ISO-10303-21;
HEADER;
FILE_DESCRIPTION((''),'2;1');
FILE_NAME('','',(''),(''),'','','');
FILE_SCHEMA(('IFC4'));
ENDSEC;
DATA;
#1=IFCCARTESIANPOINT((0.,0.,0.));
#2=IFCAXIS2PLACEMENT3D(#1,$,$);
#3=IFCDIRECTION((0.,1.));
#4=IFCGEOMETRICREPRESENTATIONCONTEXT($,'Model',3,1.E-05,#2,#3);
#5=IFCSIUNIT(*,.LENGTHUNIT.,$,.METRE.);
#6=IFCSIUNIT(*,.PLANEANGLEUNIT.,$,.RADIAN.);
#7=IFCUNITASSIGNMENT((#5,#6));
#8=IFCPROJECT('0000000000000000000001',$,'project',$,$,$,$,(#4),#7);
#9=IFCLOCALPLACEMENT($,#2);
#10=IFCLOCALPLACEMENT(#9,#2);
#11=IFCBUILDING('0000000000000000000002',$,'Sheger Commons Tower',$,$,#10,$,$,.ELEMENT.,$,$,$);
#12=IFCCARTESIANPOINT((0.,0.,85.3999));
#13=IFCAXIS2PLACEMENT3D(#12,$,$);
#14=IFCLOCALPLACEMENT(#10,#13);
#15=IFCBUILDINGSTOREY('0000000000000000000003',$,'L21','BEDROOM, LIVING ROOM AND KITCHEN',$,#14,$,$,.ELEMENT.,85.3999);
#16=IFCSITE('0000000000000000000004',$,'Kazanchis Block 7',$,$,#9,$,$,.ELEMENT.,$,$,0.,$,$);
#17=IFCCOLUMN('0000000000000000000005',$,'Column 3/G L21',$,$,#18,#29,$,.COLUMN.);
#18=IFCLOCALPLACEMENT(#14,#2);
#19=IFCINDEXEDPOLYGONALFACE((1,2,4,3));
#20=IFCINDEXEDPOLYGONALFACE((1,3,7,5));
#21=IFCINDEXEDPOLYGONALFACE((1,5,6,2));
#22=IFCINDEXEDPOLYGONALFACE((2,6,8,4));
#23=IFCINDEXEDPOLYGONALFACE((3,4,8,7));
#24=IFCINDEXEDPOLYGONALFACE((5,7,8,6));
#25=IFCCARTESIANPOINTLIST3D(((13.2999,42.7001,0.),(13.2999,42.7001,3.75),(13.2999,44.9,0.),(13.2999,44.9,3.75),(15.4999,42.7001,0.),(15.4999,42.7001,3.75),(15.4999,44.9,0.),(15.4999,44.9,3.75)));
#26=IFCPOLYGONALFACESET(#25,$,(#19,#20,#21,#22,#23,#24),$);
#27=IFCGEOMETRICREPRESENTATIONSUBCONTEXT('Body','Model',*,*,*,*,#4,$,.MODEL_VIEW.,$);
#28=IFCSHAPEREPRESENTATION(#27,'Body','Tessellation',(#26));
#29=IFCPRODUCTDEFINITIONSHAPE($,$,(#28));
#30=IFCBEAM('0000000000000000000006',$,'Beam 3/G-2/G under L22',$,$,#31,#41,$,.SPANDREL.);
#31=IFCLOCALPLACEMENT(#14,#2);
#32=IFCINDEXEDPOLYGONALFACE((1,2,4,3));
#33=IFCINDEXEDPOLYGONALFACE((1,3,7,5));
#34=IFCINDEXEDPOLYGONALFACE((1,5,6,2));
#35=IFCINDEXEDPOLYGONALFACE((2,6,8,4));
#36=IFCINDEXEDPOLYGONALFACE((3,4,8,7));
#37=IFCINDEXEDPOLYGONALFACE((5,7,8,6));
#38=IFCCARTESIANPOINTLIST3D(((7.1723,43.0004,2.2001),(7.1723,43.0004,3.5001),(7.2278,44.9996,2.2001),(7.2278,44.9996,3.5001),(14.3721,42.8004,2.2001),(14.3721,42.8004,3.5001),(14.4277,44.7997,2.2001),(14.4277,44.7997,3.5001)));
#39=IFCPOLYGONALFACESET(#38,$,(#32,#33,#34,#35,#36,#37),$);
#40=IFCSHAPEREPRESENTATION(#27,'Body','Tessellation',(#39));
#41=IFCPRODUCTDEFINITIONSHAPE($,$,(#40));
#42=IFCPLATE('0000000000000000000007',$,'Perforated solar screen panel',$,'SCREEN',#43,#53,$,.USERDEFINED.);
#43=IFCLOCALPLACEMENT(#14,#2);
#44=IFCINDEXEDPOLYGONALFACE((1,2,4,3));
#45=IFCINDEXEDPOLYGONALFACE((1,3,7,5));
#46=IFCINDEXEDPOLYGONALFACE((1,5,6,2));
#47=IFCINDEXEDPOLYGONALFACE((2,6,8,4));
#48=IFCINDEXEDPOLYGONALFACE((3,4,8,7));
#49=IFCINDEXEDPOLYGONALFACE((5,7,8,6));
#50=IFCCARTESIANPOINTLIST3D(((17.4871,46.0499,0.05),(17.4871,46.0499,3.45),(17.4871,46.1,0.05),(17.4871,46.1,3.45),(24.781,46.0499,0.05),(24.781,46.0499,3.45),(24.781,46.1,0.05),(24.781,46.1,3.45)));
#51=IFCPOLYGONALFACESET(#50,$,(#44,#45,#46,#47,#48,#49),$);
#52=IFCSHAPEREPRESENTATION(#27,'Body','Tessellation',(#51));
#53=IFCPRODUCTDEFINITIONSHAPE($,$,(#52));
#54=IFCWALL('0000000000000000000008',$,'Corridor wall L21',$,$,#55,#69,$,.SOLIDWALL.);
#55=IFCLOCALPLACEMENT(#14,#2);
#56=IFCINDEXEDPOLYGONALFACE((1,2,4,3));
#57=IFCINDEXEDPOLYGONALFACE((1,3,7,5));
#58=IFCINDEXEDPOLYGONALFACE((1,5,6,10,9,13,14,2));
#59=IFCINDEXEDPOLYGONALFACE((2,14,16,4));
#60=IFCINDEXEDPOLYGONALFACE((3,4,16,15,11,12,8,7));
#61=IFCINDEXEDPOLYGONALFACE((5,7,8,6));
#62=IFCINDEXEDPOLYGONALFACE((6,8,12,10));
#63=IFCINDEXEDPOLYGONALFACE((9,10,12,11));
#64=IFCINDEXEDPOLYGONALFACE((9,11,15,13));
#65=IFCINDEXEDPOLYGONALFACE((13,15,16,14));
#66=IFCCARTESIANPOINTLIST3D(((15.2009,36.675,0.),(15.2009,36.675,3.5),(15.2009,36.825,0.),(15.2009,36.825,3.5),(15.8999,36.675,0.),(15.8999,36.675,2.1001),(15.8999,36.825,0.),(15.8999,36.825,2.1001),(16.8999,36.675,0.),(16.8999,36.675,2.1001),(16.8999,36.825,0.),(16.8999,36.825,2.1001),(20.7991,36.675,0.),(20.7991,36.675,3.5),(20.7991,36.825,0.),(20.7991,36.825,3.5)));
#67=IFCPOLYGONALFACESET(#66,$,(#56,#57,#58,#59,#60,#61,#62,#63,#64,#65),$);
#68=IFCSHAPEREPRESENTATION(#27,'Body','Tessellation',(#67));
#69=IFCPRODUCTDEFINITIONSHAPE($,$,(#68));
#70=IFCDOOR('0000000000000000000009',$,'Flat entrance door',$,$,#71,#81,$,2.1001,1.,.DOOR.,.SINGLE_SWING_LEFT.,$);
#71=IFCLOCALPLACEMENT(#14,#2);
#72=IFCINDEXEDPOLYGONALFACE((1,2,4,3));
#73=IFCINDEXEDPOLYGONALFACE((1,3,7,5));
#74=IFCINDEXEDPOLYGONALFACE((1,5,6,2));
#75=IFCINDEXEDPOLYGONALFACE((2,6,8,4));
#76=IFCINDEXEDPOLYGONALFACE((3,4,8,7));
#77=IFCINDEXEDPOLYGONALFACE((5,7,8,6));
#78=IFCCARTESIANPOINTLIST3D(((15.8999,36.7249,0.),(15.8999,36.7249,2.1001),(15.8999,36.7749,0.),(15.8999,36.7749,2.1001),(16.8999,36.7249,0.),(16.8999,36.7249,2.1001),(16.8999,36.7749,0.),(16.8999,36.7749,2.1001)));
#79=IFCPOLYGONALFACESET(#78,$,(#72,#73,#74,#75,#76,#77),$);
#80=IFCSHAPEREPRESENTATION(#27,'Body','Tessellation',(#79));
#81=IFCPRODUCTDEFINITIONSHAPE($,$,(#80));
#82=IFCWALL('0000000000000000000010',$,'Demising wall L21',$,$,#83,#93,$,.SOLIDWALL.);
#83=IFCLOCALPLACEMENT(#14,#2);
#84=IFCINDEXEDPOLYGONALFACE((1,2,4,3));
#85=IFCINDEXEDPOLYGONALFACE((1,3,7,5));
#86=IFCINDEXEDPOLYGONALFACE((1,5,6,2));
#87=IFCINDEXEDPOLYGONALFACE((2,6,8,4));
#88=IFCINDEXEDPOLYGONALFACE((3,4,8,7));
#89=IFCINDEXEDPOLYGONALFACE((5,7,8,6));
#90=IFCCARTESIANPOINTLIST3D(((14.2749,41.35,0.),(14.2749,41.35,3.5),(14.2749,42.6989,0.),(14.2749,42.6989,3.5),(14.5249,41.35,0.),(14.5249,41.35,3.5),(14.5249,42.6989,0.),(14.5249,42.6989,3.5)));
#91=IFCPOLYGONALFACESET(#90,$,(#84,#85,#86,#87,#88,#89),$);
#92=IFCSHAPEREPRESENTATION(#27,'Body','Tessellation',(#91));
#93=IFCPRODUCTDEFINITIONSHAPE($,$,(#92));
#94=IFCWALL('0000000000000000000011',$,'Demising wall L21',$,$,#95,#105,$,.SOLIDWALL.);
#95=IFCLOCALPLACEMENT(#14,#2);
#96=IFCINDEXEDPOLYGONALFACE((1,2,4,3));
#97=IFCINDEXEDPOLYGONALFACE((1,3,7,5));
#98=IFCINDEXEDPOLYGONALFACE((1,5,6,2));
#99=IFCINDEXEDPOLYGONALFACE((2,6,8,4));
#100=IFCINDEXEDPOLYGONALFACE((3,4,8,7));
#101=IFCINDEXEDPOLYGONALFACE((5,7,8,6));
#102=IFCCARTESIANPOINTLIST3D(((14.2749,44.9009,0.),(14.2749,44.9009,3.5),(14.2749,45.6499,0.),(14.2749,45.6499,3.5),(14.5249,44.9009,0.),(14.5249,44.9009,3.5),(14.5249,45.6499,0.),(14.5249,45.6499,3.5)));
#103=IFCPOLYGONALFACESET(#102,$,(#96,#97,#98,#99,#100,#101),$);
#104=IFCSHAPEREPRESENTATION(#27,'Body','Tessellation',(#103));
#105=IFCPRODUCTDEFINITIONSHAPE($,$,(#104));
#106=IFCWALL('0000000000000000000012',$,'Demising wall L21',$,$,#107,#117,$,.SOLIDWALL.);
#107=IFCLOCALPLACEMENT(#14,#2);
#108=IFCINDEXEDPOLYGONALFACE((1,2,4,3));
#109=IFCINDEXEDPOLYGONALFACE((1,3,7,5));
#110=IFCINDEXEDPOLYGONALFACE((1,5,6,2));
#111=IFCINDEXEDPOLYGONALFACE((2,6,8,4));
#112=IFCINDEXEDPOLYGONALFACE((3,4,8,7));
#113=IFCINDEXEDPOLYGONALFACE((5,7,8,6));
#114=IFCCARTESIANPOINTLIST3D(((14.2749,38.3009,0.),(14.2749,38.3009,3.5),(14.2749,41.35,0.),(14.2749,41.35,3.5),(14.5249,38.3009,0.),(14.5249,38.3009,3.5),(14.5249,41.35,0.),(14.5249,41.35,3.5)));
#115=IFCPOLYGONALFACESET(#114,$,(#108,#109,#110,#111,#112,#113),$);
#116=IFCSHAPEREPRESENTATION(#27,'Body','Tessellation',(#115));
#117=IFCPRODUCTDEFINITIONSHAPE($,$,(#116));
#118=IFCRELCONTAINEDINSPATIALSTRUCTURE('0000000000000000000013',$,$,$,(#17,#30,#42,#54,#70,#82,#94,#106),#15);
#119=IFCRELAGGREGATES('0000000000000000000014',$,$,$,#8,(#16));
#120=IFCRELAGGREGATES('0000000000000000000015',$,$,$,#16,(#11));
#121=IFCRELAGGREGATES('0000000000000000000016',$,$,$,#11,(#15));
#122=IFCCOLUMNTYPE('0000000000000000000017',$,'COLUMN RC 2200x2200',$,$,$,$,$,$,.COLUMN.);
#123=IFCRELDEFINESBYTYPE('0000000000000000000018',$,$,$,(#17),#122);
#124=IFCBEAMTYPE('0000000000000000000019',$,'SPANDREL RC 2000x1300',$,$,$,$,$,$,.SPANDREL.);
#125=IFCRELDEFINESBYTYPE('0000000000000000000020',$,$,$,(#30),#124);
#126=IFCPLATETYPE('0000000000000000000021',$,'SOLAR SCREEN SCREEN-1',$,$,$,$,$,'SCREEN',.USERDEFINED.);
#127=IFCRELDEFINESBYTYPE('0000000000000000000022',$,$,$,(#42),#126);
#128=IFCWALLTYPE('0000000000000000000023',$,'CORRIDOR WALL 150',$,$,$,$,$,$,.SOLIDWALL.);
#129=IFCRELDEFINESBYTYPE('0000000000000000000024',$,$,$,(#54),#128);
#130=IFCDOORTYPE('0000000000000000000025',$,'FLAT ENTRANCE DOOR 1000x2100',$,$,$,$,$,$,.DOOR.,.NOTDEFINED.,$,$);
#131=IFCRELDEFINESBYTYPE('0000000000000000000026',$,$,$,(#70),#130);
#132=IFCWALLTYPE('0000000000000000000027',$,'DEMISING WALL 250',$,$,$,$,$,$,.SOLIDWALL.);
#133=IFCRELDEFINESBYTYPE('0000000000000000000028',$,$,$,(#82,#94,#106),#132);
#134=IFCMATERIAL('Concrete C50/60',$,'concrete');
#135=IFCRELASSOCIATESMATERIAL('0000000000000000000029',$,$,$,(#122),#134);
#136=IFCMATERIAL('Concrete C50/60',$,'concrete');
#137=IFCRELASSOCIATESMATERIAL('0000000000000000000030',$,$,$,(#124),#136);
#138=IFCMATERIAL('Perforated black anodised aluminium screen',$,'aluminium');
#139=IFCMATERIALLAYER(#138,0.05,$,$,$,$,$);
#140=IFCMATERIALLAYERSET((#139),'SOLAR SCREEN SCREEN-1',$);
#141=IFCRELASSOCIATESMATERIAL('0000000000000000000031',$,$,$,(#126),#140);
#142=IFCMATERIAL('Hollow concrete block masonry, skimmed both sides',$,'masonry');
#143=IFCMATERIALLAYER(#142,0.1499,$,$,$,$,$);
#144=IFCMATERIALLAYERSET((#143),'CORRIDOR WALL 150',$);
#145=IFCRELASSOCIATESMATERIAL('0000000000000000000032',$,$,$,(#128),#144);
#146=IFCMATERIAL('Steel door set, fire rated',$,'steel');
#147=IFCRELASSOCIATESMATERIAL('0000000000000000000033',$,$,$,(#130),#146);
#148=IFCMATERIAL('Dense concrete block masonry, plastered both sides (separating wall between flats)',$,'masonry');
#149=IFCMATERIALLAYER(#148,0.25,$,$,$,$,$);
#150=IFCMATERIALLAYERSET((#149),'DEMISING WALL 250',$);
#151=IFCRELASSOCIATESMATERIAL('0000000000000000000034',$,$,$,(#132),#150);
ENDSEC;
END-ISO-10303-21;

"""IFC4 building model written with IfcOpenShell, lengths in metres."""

from ifc_helpers import new_model, si_unit, direction, frame, frame_2d, origin, origin_2d, place, context, subcontext, project, spatial, rectangle, extrude, material, layer, layer_set, material_profile, profile_set, type_object, element, fill, save


model = new_model("IFC4")

# Units and contexts
model_context = context("Model", 3, precision=1e-05, world=origin(), true_north=direction((0.0, 1.0)))
body_context = subcontext(model_context, "Body", "Model", "MODEL_VIEW")
ifc_project = project(units=[si_unit("LENGTHUNIT", "METRE"), si_unit("PLANEANGLEUNIT", "RADIAN")], contexts=[model_context])

# Site, building, storey
site_placement = place(None, origin())
site = spatial("IfcSite", under=ifc_project, at=site_placement, Name="Kazanchis Block 7", CompositionType="ELEMENT", RefElevation=0.0)
building_placement = place(site_placement, origin())
building = spatial("IfcBuilding", under=site, at=building_placement, Name="Sheger Commons Tower", CompositionType="ELEMENT")
storey_placement = place(building_placement, frame((0.0, 0.0, 85.3999)))
storey = spatial("IfcBuildingStorey", under=building, at=storey_placement, Name="L21", Description="BEDROOM, LIVING ROOM AND KITCHEN", CompositionType="ELEMENT", Elevation=85.3999)

# Column
ifc_material_1 = material(Name="Concrete C50/60", Category="concrete")
ifc_material_profile_1 = material_profile(ifc_material_1, rectangle(XDim=2.2, YDim=2.2, at=origin_2d()), Name="RC 2200x2200")
ifc_profile_set_1 = profile_set([ifc_material_profile_1], Name="Concrete C50/60")
column_type = type_object("IfcColumnType", Name="COLUMN RC 2200x2200", PredefinedType="COLUMN", material=ifc_profile_set_1)
column_placement = place(storey_placement, frame((14.3999, 43.8, 0.0), z_axis=(0.0, 0.0, 1.0), x_axis=(1.0, 0.0, 0.0)))
element("IfcColumn", 1, at=column_placement, inside=storey, type_object=column_type, Name="Column 3/G L21", PredefinedType="COLUMN", context=body_context, shape_type="SweptSolid", body=[
    extrude(rectangle(XDim=2.2, YDim=2.2, at=origin_2d()), origin(), (0.0, 0.0, 1.0), 3.75),
])

# Beam
ifc_material_2 = material(Name="Concrete C50/60", Category="concrete")
ifc_material_profile_2 = material_profile(ifc_material_2, rectangle(XDim=2.0, YDim=1.3, at=origin_2d()), Name="RC 2000x1300")
ifc_profile_set_2 = profile_set([ifc_material_profile_2], Name="Concrete C50/60")
beam_type = type_object("IfcBeamType", Name="SPANDREL RC 2000x1300", PredefinedType="SPANDREL", material=ifc_profile_set_2)
beam_placement = place(storey_placement, frame((14.3999, 43.8, 2.8501), z_axis=(-0.999615, 0.02776, 0.0), x_axis=(-0.02776, -0.999615, 0.0)))
element("IfcBeam", 2, at=beam_placement, inside=storey, type_object=beam_type, Name="Beam 3/G-2/G under L22", PredefinedType="SPANDREL", context=body_context, shape_type="SweptSolid", body=[
    extrude(rectangle(XDim=2.0, YDim=1.3, at=origin_2d()), origin(), (0.0, 0.0, 1.0), 7.2026),
])

# Plate
ifc_material_3 = material(Name="Perforated black anodised aluminium screen", Category="aluminium")
ifc_layer_1 = layer(ifc_material_3, 0.05)
ifc_layer_set_1 = layer_set([ifc_layer_1], Name="SOLAR SCREEN SCREEN-1")
plate_type = type_object("IfcPlateType", Name="SOLAR SCREEN SCREEN-1", ElementType="SCREEN", PredefinedType="USERDEFINED", material=ifc_layer_set_1)
plate_placement = place(storey_placement, frame((21.134, 46.075, 0.05), z_axis=(0.0, 0.0, 1.0), x_axis=(-1.0, 0.0, 0.0)))
element("IfcPlate", 3, at=plate_placement, inside=storey, type_object=plate_type, Name="Perforated solar screen panel", ObjectType="SCREEN", PredefinedType="USERDEFINED", context=body_context, shape_type="SweptSolid", body=[
    extrude(rectangle(XDim=7.2939, YDim=0.05, at=origin_2d()), origin(), (0.0, 0.0, 1.0), 3.3999),
])

# Wall, opening, door
ifc_material_4 = material(Name="Hollow concrete block masonry, skimmed both sides", Category="masonry")
ifc_layer_2 = layer(ifc_material_4, 0.1499)
ifc_layer_set_2 = layer_set([ifc_layer_2], Name="CORRIDOR WALL 150")
wall_type_1 = type_object("IfcWallType", Name="CORRIDOR WALL 150", PredefinedType="SOLIDWALL", material=ifc_layer_set_2)
wall_1_placement = place(storey_placement, frame((15.2009, 36.75, 0.0), z_axis=(0.0, 0.0, 1.0), x_axis=(1.0, 0.0, 0.0)))
wall_1 = element("IfcWall", 4, at=wall_1_placement, inside=storey, type_object=wall_type_1, Name="Corridor wall L21", PredefinedType="SOLIDWALL", context=body_context, shape_type="SweptSolid", body=[
    extrude(rectangle(XDim=5.5981, YDim=0.1499, at=frame_2d((2.7991, 0.0))), origin(), (0.0, 0.0, 1.0), 3.5),
])
opening_1_placement = place(wall_1_placement, frame((0.699, 0.0, 0.0)))
opening_1 = element("IfcOpeningElement", 5, at=opening_1_placement, cuts=wall_1, PredefinedType="OPENING", context=body_context, shape_type="SweptSolid", body=[
    extrude(rectangle(XDim=1.0, YDim=2.1001, at=frame_2d((0.5, 1.05))), frame((0.0, 0.085, 0.0), z_axis=(0.0, -1.0, 0.0), x_axis=(1.0, 0.0, 0.0)), (0.0, 0.0, 1.0), 0.1699),
])
ifc_material_5 = material(Name="Steel door set, fire rated", Category="steel")
door_type_1 = type_object("IfcDoorType", Name="FLAT ENTRANCE DOOR 1000x2100", OperationType="NOTDEFINED", PredefinedType="DOOR", material=ifc_material_5)
door_1_placement = place(opening_1_placement, origin())
door_1 = element("IfcDoor", 6, at=door_1_placement, inside=storey, type_object=door_type_1, Name="Flat entrance door", OperationType="SINGLE_SWING_LEFT", OverallHeight=2.1001, OverallWidth=1.0, PredefinedType="DOOR", context=body_context, shape_type="SweptSolid", body=[
    extrude(rectangle(XDim=1.0, YDim=2.1001, at=frame_2d((0.5, 1.05))), frame((0.0, 0.0249, 0.0), z_axis=(0.0, -1.0, 0.0), x_axis=(1.0, 0.0, 0.0)), (0.0, 0.0, 1.0), 0.05),
])
fill(opening_1, door_1)

# Walls
ifc_material_6 = material(Name="Dense concrete block masonry, plastered both sides (separating wall between flats)", Category="masonry")
ifc_layer_3 = layer(ifc_material_6, 0.25)
ifc_layer_set_3 = layer_set([ifc_layer_3], Name="DEMISING WALL 250")
wall_type_2 = type_object("IfcWallType", Name="DEMISING WALL 250", PredefinedType="SOLIDWALL", material=ifc_layer_set_3)
wall_2_placement = place(storey_placement, frame((14.3999, 41.3501, 0.0), z_axis=(0.0, 0.0, 1.0), x_axis=(0.0, 1.0, 0.0)))
element("IfcWall", 7, at=wall_2_placement, inside=storey, type_object=wall_type_2, Name="Demising wall L21", PredefinedType="SOLIDWALL", context=body_context, shape_type="SweptSolid", body=[
    extrude(rectangle(XDim=1.3489, YDim=0.25, at=frame_2d((0.6743, 0.0))), origin(), (0.0, 0.0, 1.0), 3.5),
])
wall_3_placement = place(storey_placement, frame((14.3999, 44.9009, 0.0), z_axis=(0.0, 0.0, 1.0), x_axis=(0.0, 1.0, 0.0)))
element("IfcWall", 8, at=wall_3_placement, inside=storey, type_object=wall_type_2, Name="Demising wall L21", PredefinedType="SOLIDWALL", context=body_context, shape_type="SweptSolid", body=[
    extrude(rectangle(XDim=0.749, YDim=0.25, at=frame_2d((0.3745, 0.0))), origin(), (0.0, 0.0, 1.0), 3.5),
])
wall_4_placement = place(storey_placement, frame((14.3999, 38.301, 0.0), z_axis=(0.0, 0.0, 1.0), x_axis=(0.0, 1.0, 0.0)))
element("IfcWall", 9, at=wall_4_placement, inside=storey, type_object=wall_type_2, Name="Demising wall L21", PredefinedType="SOLIDWALL", context=body_context, shape_type="SweptSolid", body=[
    extrude(rectangle(XDim=3.0491, YDim=0.25, at=frame_2d((1.5244, 0.0))), origin(), (0.0, 0.0, 1.0), 3.5),
])

save(model, "model.ifc")
